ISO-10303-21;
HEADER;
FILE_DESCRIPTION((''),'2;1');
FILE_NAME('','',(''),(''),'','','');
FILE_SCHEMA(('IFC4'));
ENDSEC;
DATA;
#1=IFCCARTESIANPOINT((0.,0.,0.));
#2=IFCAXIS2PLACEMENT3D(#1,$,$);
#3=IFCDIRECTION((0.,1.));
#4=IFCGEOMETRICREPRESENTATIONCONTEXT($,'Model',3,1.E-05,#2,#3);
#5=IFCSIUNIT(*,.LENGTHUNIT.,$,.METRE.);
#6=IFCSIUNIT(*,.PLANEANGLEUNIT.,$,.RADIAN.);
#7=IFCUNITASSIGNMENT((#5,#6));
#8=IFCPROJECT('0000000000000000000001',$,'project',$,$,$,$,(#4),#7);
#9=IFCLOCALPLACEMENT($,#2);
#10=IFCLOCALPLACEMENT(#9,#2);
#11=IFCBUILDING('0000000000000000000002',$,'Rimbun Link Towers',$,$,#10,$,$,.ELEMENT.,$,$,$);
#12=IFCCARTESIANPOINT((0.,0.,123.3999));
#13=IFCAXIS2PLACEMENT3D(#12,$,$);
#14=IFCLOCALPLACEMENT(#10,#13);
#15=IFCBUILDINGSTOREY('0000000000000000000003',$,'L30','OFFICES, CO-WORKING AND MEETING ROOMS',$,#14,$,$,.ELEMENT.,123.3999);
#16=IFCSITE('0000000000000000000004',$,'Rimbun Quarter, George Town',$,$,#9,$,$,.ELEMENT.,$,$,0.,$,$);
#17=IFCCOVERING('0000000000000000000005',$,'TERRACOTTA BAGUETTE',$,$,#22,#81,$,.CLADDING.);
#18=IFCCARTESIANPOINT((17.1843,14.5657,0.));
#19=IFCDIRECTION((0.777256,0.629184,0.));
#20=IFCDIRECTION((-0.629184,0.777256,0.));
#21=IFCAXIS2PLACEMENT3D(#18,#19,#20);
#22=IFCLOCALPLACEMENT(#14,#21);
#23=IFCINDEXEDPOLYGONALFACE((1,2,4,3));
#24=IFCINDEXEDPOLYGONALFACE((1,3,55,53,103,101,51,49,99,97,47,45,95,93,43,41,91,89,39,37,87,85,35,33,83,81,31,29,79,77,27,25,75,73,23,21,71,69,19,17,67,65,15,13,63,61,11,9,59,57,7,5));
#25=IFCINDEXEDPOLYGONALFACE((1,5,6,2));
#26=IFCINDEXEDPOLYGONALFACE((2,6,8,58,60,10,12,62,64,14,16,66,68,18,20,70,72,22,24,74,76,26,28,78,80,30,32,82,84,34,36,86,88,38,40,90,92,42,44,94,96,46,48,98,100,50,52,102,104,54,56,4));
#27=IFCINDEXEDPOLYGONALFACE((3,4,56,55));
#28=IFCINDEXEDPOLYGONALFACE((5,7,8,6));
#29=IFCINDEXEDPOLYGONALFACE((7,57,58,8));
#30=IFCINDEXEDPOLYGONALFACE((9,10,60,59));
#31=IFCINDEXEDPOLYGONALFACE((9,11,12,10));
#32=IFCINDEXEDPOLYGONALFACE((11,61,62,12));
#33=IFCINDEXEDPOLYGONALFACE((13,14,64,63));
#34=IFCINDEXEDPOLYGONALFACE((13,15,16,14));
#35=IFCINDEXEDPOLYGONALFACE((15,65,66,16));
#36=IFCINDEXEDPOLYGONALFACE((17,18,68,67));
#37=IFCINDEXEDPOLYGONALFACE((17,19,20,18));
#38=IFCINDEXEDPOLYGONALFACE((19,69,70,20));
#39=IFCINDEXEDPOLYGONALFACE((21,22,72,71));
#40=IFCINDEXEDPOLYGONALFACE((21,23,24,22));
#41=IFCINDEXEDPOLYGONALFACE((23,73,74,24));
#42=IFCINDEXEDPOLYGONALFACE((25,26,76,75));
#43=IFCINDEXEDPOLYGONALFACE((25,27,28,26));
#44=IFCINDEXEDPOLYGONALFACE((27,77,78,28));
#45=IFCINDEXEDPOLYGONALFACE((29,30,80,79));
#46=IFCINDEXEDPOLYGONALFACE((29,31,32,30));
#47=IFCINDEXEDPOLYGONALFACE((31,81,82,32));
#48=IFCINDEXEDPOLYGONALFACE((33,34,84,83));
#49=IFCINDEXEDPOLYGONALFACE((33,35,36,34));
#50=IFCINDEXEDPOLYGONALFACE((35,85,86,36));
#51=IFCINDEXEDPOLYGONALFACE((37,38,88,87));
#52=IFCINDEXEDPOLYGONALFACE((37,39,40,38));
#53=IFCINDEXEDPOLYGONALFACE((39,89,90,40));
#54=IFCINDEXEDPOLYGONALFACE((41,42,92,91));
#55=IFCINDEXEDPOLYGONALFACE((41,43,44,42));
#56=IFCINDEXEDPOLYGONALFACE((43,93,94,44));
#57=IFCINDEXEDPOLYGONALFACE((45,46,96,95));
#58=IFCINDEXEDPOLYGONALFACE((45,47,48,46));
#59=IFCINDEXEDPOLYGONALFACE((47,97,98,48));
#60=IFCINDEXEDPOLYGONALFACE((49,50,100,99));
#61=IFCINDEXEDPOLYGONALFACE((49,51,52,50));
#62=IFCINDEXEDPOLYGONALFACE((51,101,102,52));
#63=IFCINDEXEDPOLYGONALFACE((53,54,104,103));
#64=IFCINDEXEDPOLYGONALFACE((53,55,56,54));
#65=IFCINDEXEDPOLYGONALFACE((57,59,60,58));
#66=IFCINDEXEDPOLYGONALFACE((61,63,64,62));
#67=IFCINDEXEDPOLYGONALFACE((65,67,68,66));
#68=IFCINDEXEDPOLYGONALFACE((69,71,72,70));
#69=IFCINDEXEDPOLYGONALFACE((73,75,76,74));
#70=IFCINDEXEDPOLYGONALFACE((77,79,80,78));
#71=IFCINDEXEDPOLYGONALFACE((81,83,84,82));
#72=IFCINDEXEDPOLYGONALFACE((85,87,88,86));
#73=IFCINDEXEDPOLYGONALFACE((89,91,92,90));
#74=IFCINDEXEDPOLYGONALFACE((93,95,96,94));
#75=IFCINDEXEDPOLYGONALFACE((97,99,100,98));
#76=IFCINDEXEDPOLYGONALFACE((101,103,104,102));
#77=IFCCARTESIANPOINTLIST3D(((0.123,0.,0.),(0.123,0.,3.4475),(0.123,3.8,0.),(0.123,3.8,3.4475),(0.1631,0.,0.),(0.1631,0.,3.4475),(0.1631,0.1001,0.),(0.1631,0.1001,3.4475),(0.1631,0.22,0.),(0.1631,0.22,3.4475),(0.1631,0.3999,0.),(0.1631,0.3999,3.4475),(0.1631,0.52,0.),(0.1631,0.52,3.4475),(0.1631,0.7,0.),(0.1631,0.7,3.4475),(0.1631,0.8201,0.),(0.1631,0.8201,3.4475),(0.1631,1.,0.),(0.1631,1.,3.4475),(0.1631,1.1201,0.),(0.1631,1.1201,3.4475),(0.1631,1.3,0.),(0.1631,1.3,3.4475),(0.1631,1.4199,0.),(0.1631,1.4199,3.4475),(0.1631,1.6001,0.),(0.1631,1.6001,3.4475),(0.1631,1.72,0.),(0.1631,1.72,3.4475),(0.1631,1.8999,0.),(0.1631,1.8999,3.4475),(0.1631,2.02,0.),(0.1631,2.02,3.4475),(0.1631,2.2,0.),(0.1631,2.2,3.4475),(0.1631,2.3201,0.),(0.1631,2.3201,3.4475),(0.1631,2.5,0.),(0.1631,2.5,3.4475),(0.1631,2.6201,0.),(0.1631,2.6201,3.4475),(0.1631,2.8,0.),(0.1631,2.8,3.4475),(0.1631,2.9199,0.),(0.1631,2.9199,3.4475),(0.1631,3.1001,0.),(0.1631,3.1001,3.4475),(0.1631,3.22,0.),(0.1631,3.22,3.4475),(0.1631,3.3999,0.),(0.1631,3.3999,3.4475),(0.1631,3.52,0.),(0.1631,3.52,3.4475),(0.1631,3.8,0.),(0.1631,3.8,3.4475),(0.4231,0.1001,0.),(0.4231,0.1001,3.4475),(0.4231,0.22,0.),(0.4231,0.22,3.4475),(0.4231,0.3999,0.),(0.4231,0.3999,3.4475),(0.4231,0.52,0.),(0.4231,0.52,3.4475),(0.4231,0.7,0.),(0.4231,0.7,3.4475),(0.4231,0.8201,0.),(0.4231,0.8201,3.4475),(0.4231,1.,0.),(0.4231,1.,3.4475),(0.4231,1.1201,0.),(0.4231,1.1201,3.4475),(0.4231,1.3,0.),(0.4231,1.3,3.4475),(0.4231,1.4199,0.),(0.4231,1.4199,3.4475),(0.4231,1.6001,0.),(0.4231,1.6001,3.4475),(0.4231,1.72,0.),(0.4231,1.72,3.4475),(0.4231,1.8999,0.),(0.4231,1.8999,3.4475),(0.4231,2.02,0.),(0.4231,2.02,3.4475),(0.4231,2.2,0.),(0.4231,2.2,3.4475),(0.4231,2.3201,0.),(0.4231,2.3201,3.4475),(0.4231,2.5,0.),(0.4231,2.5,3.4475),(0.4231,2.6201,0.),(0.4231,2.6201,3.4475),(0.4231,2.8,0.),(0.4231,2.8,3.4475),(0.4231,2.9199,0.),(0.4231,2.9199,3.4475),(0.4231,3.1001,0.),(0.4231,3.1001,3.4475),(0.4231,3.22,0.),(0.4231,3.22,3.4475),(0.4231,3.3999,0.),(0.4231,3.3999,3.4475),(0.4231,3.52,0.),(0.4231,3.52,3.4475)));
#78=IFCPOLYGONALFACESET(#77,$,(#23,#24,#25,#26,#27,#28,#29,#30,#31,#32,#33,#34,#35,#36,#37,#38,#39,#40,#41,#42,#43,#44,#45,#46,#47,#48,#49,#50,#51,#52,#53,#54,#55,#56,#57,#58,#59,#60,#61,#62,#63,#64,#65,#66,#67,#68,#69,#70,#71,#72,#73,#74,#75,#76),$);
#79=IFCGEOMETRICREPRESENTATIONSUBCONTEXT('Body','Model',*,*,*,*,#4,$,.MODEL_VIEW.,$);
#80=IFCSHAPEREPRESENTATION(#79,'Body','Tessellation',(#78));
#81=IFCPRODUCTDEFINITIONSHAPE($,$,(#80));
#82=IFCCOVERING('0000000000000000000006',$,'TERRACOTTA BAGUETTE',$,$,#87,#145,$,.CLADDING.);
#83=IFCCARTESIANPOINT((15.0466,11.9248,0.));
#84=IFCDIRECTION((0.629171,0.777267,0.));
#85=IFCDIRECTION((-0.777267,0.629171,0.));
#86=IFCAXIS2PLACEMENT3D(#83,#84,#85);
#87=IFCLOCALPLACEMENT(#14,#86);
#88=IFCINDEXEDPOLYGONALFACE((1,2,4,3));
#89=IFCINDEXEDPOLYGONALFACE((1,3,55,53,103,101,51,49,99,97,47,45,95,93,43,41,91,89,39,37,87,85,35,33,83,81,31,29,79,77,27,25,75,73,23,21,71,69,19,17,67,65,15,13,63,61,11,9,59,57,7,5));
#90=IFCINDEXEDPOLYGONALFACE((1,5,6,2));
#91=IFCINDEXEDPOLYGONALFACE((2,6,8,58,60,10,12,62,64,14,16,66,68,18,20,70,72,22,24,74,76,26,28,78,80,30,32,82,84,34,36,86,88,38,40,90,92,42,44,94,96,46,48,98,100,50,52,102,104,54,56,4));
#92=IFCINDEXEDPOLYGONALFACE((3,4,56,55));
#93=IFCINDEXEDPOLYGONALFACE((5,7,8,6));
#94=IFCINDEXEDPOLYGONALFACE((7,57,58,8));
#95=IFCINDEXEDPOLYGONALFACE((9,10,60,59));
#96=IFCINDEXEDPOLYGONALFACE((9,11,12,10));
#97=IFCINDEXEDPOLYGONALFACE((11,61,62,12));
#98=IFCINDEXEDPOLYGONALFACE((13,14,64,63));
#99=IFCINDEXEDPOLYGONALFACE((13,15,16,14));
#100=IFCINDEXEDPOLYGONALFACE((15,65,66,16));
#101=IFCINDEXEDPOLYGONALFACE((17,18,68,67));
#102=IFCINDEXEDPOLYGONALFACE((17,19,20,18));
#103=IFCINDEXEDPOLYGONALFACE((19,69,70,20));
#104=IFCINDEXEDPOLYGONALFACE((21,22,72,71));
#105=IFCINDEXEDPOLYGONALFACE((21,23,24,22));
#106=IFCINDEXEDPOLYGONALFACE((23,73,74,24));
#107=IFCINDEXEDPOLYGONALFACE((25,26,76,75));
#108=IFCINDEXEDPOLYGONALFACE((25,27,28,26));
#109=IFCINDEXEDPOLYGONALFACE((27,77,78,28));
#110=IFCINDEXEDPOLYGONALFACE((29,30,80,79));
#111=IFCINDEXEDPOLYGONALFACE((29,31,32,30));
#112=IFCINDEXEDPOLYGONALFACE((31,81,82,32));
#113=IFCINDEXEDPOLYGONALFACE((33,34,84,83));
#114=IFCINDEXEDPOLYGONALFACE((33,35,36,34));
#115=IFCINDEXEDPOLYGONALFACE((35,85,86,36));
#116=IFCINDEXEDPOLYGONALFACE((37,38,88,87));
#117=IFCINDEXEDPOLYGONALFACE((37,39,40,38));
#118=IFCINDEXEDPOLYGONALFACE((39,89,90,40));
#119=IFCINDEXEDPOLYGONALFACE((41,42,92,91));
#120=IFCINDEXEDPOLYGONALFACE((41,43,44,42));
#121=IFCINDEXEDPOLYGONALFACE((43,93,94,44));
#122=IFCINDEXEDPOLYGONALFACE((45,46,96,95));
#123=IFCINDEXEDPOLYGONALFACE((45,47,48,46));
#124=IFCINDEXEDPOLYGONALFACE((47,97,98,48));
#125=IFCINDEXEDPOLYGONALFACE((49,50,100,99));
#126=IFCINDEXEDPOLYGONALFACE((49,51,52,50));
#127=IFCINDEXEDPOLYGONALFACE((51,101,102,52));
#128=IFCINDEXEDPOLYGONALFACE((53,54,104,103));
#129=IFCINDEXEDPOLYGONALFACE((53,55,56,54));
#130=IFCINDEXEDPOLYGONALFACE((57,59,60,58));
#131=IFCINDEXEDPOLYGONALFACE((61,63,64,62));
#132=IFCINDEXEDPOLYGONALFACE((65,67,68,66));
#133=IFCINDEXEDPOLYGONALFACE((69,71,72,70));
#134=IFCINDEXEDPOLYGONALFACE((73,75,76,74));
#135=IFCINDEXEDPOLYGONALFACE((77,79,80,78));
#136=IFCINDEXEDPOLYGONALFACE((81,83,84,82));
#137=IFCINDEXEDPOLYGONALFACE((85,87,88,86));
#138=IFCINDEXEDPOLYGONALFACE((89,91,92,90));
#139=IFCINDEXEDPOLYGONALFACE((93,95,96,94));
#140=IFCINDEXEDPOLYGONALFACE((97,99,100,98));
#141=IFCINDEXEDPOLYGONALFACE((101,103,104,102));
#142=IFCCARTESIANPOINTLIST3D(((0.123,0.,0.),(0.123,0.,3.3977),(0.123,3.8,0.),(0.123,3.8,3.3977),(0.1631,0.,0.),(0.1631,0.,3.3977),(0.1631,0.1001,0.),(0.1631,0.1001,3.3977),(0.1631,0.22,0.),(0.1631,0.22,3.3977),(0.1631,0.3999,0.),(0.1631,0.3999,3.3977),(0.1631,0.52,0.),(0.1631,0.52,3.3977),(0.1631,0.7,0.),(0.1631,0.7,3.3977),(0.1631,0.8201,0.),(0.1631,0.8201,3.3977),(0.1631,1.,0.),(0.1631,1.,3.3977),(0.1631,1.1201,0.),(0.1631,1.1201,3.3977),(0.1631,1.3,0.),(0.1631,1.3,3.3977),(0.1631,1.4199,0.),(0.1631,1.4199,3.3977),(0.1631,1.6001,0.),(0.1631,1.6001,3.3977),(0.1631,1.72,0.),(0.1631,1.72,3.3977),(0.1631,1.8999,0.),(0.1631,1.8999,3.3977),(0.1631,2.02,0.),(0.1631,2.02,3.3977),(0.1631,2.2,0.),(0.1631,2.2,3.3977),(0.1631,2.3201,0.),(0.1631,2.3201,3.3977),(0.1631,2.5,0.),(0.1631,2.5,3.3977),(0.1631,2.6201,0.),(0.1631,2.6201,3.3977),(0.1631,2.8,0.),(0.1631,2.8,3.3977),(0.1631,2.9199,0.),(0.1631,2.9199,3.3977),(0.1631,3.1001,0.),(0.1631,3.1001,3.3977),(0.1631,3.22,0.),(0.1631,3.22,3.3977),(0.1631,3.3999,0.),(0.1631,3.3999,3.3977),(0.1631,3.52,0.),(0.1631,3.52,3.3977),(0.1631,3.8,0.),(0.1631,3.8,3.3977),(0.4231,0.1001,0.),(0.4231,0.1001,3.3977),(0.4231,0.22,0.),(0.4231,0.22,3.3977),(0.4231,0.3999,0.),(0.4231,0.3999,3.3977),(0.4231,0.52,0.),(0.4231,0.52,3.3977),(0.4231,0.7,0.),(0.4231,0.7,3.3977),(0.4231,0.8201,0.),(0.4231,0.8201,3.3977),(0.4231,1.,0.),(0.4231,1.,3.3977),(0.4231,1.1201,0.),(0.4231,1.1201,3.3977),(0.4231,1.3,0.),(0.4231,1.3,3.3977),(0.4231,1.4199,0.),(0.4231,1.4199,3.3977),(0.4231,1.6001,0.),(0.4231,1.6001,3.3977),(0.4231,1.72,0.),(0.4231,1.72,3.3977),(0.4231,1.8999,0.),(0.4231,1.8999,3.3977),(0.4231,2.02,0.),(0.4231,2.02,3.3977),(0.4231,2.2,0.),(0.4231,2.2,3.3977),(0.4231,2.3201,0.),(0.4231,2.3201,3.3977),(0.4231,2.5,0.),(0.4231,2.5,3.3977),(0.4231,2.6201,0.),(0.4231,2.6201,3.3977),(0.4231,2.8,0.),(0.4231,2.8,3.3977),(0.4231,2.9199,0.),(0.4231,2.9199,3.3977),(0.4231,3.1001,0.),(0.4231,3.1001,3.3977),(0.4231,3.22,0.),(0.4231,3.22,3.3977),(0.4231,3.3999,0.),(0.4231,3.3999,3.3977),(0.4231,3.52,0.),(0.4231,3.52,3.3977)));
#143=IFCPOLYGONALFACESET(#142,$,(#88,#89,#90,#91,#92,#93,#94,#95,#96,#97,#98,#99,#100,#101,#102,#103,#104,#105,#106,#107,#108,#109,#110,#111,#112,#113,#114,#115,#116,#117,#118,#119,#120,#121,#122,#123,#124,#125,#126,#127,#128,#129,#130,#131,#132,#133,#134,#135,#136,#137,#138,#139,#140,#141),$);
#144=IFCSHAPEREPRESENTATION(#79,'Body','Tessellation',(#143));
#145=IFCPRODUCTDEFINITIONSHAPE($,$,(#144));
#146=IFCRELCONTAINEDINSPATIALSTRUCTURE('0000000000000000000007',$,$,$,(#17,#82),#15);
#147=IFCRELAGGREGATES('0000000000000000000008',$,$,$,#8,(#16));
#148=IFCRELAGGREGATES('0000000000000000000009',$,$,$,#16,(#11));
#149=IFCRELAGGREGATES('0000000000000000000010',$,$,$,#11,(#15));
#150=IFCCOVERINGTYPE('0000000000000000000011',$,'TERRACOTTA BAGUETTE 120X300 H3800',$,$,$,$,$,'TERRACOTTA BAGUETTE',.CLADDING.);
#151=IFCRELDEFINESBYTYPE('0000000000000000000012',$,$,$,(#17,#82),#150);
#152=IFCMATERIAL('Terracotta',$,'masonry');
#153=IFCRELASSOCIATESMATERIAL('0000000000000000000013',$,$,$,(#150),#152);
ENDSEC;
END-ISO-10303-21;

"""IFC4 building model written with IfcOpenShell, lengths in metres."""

from ifc_helpers import new_model, si_unit, direction, frame, origin, place, context, subcontext, project, spatial, polyline, outline, extrude, material, material_profile, profile_set, type_object, element, save


model = new_model("IFC4")

# Units and contexts
model_context = context("Model", 3, precision=1e-05, world=origin(), true_north=direction((0.0, 1.0)))
body_context = subcontext(model_context, "Body", "Model", "MODEL_VIEW")
ifc_project = project(units=[si_unit("LENGTHUNIT", "METRE"), si_unit("PLANEANGLEUNIT", "RADIAN")], contexts=[model_context])

# Site, building, storey
site_placement = place(None, origin())
site = spatial("IfcSite", under=ifc_project, at=site_placement, Name="Rimbun Quarter, George Town", CompositionType="ELEMENT", RefElevation=0.0)
building_placement = place(site_placement, origin())
building = spatial("IfcBuilding", under=site, at=building_placement, Name="Rimbun Link Towers", CompositionType="ELEMENT")
storey_placement = place(building_placement, frame((0.0, 0.0, 123.3999)))
storey = spatial("IfcBuildingStorey", under=building, at=storey_placement, Name="L30", Description="OFFICES, CO-WORKING AND MEETING ROOMS", CompositionType="ELEMENT", Elevation=123.3999)

# Coverings
ifc_material_1 = material(Name="Terracotta", Category="masonry")
ifc_material_profile_1 = material_profile(ifc_material_1, outline(polyline([(0.123, 0.0), (0.1631, 0.0), (0.1631, 0.1001), (0.4231, 0.1001), (0.4231, 0.22), (0.1631, 0.22), (0.1631, 0.3999), (0.4231, 0.3999), (0.4231, 0.52), (0.1631, 0.52), (0.1631, 0.7), (0.4231, 0.7), (0.4231, 0.8201), (0.1631, 0.8201), (0.1631, 1.0), (0.4231, 1.0), (0.4231, 1.1201), (0.1631, 1.1201), (0.1631, 1.3), (0.4231, 1.3), (0.4231, 1.4199), (0.1631, 1.4199), (0.1631, 1.6001), (0.4231, 1.6001), (0.4231, 1.72), (0.1631, 1.72), (0.1631, 1.8999), (0.4231, 1.8999), (0.4231, 2.02), (0.1631, 2.02), (0.1631, 2.2), (0.4231, 2.2), (0.4231, 2.3201), (0.1631, 2.3201), (0.1631, 2.5), (0.4231, 2.5), (0.4231, 2.6201), (0.1631, 2.6201), (0.1631, 2.8), (0.4231, 2.8), (0.4231, 2.9199), (0.1631, 2.9199), (0.1631, 3.1001), (0.4231, 3.1001), (0.4231, 3.22), (0.1631, 3.22), (0.1631, 3.3999), (0.4231, 3.3999), (0.4231, 3.52), (0.1631, 3.52), (0.1631, 3.8), (0.123, 3.8), (0.123, 0.0)])), Name="BAGUETTE 120X300")
ifc_profile_set_1 = profile_set([ifc_material_profile_1], Name="Terracotta")
covering_type_1 = type_object("IfcCoveringType", Name="TERRACOTTA BAGUETTE 120X300 H3800", ElementType="TERRACOTTA BAGUETTE", PredefinedType="CLADDING", material=ifc_profile_set_1)
covering_1_placement = place(storey_placement, frame((17.1843, 14.5657, 0.0), z_axis=(0.777256, 0.629184, 0.0), x_axis=(-0.629184, 0.777256, 0.0)))
element("IfcCovering", 1, at=covering_1_placement, inside=storey, type_object=covering_type_1, Name="TERRACOTTA BAGUETTE", PredefinedType="CLADDING", context=body_context, shape_type="SweptSolid", body=[
    extrude(outline(polyline([(0.123, 0.0), (0.1631, 0.0), (0.1631, 0.1001), (0.4231, 0.1001), (0.4231, 0.22), (0.1631, 0.22), (0.1631, 0.3999), (0.4231, 0.3999), (0.4231, 0.52), (0.1631, 0.52), (0.1631, 0.7), (0.4231, 0.7), (0.4231, 0.8201), (0.1631, 0.8201), (0.1631, 1.0), (0.4231, 1.0), (0.4231, 1.1201), (0.1631, 1.1201), (0.1631, 1.3), (0.4231, 1.3), (0.4231, 1.4199), (0.1631, 1.4199), (0.1631, 1.6001), (0.4231, 1.6001), (0.4231, 1.72), (0.1631, 1.72), (0.1631, 1.8999), (0.4231, 1.8999), (0.4231, 2.02), (0.1631, 2.02), (0.1631, 2.2), (0.4231, 2.2), (0.4231, 2.3201), (0.1631, 2.3201), (0.1631, 2.5), (0.4231, 2.5), (0.4231, 2.6201), (0.1631, 2.6201), (0.1631, 2.8), (0.4231, 2.8), (0.4231, 2.9199), (0.1631, 2.9199), (0.1631, 3.1001), (0.4231, 3.1001), (0.4231, 3.22), (0.1631, 3.22), (0.1631, 3.3999), (0.4231, 3.3999), (0.4231, 3.52), (0.1631, 3.52), (0.1631, 3.8), (0.123, 3.8), (0.123, 0.0)])), origin(), (0.0, 0.0, 1.0), 3.4475),
])
covering_2_placement = place(storey_placement, frame((15.0466, 11.9248, 0.0), z_axis=(0.629171, 0.777267, 0.0), x_axis=(-0.777267, 0.629171, 0.0)))
element("IfcCovering", 2, at=covering_2_placement, inside=storey, type_object=covering_type_1, Name="TERRACOTTA BAGUETTE", PredefinedType="CLADDING", context=body_context, shape_type="SweptSolid", body=[
    extrude(outline(polyline([(0.123, 0.0), (0.1631, 0.0), (0.1631, 0.1001), (0.4231, 0.1001), (0.4231, 0.22), (0.1631, 0.22), (0.1631, 0.3999), (0.4231, 0.3999), (0.4231, 0.52), (0.1631, 0.52), (0.1631, 0.7), (0.4231, 0.7), (0.4231, 0.8201), (0.1631, 0.8201), (0.1631, 1.0), (0.4231, 1.0), (0.4231, 1.1201), (0.1631, 1.1201), (0.1631, 1.3), (0.4231, 1.3), (0.4231, 1.4199), (0.1631, 1.4199), (0.1631, 1.6001), (0.4231, 1.6001), (0.4231, 1.72), (0.1631, 1.72), (0.1631, 1.8999), (0.4231, 1.8999), (0.4231, 2.02), (0.1631, 2.02), (0.1631, 2.2), (0.4231, 2.2), (0.4231, 2.3201), (0.1631, 2.3201), (0.1631, 2.5), (0.4231, 2.5), (0.4231, 2.6201), (0.1631, 2.6201), (0.1631, 2.8), (0.4231, 2.8), (0.4231, 2.9199), (0.1631, 2.9199), (0.1631, 3.1001), (0.4231, 3.1001), (0.4231, 3.22), (0.1631, 3.22), (0.1631, 3.3999), (0.4231, 3.3999), (0.4231, 3.52), (0.1631, 3.52), (0.1631, 3.8), (0.123, 3.8), (0.123, 0.0)])), origin(), (0.0, 0.0, 1.0), 3.3977),
])

save(model, "model.ifc")
